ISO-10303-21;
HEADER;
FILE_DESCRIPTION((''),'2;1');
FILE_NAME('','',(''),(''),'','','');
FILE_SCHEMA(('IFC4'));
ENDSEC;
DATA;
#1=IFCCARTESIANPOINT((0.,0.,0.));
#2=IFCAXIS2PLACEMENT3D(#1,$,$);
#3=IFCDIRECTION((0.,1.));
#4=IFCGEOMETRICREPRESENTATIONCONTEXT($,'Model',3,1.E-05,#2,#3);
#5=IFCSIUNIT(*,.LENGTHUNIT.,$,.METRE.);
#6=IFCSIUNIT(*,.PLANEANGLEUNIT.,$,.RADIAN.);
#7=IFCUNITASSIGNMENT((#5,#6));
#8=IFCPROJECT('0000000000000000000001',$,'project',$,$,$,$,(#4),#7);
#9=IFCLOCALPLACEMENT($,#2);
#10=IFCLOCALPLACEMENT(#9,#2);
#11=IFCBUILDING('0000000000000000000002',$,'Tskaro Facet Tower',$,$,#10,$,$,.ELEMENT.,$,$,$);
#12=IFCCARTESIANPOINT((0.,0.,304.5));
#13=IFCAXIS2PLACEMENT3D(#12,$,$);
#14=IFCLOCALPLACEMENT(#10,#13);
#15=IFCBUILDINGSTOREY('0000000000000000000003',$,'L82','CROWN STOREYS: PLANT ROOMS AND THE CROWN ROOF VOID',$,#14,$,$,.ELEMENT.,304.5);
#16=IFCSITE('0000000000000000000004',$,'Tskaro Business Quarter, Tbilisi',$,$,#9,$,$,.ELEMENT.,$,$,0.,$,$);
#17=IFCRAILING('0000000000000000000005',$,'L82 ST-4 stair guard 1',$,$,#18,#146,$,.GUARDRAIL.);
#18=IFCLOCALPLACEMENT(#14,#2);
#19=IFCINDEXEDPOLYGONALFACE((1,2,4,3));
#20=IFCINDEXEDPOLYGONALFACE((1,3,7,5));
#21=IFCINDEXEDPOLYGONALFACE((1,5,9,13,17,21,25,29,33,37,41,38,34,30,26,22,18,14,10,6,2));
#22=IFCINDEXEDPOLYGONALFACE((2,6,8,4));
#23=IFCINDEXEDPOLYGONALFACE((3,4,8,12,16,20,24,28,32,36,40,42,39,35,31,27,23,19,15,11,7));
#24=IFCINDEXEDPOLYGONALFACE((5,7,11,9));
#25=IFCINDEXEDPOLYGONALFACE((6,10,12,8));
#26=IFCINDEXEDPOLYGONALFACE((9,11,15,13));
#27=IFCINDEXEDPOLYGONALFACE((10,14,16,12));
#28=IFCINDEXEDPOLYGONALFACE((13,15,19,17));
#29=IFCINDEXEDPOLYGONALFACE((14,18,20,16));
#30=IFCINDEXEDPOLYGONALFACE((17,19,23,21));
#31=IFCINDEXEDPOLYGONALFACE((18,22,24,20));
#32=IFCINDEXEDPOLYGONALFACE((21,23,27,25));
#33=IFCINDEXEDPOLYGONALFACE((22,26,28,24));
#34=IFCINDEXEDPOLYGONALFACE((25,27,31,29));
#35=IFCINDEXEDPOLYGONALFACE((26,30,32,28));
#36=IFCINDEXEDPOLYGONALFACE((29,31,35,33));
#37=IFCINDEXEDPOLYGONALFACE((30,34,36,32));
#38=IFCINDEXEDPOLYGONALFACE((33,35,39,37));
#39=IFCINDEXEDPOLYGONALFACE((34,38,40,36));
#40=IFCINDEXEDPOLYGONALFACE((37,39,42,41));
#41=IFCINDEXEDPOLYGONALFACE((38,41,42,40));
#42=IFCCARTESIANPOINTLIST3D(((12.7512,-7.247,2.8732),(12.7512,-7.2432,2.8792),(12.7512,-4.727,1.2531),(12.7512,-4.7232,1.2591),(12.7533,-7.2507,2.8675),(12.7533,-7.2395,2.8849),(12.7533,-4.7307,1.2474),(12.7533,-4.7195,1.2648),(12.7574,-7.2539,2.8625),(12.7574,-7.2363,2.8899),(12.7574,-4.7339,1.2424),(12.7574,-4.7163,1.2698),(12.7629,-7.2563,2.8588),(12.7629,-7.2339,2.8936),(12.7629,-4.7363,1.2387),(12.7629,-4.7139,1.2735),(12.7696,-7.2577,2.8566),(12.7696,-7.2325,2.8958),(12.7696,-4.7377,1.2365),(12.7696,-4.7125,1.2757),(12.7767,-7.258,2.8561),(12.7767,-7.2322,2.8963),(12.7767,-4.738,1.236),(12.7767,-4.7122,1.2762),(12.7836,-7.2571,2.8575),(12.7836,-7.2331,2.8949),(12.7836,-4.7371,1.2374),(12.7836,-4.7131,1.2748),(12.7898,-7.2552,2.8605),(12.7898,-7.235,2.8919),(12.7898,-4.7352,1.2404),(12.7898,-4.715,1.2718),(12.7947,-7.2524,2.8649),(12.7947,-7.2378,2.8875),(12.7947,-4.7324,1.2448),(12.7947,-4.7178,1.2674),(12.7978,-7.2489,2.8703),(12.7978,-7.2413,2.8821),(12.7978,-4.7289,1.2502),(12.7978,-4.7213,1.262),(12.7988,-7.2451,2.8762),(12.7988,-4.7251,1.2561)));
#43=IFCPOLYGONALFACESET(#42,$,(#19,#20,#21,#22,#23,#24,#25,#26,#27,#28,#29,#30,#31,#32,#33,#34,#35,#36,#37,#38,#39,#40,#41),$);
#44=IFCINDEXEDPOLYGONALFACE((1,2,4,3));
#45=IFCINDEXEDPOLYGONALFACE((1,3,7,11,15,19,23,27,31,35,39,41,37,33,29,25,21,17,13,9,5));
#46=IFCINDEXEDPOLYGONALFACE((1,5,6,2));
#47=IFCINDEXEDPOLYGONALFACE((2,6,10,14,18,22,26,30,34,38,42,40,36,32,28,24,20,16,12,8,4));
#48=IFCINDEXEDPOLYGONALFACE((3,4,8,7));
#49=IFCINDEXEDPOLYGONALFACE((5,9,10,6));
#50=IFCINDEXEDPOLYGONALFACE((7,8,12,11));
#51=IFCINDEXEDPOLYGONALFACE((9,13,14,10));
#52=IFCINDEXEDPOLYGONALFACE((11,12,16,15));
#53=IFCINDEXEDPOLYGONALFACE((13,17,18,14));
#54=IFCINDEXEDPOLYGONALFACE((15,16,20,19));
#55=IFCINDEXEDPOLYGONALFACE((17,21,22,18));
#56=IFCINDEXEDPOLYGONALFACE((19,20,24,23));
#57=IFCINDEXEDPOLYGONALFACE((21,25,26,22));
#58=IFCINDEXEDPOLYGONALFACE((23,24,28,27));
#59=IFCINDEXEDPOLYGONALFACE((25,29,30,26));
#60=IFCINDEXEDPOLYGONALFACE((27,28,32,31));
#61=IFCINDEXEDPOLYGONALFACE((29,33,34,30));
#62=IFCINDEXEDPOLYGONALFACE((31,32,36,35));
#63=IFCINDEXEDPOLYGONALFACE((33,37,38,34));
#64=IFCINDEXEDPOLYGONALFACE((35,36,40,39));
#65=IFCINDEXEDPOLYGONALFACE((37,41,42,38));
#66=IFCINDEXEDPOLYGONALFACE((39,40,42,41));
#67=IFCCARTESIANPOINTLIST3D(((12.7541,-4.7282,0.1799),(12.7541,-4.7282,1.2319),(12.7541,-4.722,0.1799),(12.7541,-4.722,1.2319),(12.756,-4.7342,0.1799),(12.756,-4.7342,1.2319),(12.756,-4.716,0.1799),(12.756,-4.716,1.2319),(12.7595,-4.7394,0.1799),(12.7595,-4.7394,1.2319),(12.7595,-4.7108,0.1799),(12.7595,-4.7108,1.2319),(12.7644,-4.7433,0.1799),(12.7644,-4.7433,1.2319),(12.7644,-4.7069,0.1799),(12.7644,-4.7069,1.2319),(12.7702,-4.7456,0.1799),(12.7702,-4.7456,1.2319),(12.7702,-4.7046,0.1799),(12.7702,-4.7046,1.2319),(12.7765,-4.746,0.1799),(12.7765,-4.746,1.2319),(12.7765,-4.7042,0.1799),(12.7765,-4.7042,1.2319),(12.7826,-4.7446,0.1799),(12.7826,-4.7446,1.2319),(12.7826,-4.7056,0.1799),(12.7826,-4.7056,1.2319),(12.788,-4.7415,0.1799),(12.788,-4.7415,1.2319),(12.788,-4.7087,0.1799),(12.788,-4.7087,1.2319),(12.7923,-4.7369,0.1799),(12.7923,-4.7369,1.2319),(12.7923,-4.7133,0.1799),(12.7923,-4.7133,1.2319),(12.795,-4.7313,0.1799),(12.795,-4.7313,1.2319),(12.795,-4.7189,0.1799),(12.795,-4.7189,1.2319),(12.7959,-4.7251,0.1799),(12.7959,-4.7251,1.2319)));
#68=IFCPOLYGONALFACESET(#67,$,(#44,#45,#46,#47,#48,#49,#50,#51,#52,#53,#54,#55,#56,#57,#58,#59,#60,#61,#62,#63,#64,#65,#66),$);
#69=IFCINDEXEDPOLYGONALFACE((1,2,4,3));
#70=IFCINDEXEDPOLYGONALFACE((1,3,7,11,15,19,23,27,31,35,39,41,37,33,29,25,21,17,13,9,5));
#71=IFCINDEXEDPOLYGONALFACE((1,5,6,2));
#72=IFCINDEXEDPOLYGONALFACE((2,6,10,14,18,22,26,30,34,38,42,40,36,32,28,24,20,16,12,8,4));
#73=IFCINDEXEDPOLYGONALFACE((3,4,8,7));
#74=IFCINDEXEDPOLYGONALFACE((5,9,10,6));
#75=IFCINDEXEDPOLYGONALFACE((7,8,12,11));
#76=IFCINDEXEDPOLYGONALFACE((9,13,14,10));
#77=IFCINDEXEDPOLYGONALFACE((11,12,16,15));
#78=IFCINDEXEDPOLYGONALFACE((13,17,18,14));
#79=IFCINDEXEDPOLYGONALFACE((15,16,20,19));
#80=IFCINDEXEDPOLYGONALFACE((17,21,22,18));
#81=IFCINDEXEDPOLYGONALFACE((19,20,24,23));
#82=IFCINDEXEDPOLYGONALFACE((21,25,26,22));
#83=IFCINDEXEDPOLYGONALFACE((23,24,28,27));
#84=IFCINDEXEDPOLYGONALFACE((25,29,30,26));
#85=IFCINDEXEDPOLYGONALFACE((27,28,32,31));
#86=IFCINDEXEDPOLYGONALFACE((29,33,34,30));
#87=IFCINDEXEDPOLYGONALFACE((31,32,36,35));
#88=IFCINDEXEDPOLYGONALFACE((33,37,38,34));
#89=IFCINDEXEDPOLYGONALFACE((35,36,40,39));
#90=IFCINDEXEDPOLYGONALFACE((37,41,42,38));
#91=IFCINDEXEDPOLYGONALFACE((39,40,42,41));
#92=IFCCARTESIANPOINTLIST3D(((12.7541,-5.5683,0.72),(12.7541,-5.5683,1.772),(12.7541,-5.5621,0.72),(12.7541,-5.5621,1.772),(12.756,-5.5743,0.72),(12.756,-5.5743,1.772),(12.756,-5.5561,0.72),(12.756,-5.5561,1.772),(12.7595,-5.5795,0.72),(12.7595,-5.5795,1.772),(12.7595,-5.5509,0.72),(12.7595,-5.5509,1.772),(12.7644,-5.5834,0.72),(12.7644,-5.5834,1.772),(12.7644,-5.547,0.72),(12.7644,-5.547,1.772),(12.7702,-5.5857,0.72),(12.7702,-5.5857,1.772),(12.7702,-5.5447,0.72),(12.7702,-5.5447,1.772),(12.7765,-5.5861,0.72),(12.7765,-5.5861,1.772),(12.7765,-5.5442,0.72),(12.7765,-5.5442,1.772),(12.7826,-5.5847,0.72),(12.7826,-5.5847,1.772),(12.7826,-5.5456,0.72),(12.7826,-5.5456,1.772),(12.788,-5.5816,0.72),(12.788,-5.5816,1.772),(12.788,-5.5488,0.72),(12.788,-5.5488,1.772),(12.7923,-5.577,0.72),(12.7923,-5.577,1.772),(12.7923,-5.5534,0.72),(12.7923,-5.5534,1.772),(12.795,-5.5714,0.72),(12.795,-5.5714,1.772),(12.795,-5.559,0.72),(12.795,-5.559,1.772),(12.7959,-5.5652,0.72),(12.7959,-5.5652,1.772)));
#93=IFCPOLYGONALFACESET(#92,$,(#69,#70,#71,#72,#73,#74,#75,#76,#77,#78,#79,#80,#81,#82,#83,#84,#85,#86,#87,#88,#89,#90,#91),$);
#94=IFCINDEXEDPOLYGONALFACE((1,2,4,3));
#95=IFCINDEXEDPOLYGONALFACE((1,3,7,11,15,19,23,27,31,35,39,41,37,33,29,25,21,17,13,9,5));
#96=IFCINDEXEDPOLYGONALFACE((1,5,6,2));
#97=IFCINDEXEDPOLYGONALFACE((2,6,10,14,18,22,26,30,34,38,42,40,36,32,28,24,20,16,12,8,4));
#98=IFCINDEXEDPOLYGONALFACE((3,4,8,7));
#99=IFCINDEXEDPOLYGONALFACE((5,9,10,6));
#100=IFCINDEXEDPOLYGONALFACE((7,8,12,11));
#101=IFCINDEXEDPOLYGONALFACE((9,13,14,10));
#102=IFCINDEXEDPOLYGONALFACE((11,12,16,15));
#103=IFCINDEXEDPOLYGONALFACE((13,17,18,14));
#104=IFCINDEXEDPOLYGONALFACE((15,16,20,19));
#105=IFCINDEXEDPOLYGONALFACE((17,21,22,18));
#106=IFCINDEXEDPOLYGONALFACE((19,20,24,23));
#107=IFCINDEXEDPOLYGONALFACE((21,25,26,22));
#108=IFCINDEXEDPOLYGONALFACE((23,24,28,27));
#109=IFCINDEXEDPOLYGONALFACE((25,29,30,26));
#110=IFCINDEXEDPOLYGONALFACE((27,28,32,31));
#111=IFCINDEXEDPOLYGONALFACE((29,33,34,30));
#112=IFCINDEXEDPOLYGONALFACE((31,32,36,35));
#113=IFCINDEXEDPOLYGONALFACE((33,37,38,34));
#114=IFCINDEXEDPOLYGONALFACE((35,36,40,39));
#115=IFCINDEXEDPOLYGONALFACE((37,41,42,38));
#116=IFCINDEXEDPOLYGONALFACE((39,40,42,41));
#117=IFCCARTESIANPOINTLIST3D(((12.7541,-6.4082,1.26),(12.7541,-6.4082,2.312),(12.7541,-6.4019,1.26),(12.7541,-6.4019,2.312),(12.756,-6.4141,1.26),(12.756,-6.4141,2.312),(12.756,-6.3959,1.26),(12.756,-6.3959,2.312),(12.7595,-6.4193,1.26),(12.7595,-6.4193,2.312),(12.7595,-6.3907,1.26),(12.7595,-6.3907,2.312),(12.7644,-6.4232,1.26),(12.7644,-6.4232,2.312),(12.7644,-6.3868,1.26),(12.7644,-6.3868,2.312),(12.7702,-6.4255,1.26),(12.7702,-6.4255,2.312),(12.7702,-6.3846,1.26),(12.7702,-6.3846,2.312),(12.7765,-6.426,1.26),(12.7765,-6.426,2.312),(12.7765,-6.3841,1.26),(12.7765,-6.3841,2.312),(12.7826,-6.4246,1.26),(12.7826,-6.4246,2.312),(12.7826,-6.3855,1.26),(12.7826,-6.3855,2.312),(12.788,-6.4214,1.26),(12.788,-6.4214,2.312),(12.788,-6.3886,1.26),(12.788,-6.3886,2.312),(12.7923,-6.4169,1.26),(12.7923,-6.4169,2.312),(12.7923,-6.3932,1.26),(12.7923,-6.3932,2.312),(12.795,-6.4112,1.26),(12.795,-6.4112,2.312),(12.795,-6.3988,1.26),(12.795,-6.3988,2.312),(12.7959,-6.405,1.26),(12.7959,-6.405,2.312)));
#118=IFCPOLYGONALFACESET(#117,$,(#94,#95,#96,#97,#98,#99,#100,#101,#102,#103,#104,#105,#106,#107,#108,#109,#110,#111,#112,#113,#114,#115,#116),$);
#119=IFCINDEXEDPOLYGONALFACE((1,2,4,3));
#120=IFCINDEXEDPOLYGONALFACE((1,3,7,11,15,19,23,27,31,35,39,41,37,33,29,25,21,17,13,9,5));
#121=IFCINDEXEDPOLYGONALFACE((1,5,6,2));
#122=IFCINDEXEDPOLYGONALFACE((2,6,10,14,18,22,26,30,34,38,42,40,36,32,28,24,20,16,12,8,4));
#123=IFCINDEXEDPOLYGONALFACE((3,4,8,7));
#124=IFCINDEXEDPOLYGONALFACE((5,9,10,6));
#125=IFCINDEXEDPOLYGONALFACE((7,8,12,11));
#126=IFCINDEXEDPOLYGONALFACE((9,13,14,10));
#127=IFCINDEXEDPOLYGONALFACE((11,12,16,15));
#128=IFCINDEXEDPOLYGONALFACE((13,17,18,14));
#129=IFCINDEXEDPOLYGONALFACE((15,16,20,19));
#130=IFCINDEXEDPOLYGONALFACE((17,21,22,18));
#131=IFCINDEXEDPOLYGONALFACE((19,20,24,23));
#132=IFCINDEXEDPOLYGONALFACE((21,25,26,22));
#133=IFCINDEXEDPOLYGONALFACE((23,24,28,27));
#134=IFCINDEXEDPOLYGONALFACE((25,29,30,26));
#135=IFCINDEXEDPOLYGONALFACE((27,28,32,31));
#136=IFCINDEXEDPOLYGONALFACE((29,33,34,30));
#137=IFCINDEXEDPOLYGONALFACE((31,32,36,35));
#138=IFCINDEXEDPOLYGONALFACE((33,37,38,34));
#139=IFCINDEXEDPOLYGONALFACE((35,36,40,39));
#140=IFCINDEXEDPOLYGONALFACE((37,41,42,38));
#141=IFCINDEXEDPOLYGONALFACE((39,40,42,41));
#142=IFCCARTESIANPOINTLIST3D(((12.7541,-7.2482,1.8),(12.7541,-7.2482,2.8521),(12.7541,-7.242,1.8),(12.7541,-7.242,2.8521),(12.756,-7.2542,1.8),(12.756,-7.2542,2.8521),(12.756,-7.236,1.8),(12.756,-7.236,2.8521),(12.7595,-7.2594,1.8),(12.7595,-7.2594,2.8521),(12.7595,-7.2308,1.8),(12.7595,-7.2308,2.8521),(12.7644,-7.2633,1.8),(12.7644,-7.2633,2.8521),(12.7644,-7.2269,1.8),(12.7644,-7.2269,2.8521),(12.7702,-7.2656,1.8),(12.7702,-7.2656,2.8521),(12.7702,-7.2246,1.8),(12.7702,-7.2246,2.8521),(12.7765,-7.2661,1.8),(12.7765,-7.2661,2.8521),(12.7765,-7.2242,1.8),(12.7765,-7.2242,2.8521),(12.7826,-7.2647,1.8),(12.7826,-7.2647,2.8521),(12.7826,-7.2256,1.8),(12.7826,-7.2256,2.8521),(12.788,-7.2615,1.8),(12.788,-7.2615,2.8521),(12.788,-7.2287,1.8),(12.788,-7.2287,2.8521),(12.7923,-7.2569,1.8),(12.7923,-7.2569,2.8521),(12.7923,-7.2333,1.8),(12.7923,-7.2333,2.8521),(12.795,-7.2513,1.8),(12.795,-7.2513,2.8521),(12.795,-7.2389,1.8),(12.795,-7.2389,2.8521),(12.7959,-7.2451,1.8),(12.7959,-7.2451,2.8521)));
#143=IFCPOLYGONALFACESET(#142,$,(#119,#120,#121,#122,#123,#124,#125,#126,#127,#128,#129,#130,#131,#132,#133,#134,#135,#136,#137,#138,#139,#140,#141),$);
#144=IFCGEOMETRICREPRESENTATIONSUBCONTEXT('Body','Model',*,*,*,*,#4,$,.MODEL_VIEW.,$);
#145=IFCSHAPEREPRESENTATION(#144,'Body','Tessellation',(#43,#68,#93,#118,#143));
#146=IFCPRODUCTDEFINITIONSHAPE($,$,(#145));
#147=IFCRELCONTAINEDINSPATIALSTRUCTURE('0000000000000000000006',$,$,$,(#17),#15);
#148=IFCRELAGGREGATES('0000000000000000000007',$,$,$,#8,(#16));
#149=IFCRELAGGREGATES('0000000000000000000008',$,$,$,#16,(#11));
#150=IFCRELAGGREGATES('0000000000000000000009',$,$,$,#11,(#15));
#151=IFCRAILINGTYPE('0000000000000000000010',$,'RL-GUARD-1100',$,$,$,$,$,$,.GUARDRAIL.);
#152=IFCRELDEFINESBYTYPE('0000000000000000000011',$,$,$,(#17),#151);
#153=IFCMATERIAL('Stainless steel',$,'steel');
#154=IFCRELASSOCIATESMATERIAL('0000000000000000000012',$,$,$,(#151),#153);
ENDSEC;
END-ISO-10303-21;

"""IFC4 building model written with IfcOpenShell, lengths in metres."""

from ifc_helpers import new_model, si_unit, direction, frame, origin, origin_2d, place, context, subcontext, project, spatial, circle, extrude, material, type_object, element, save


model = new_model("IFC4")

# Units and contexts
model_context = context("Model", 3, precision=1e-05, world=origin(), true_north=direction((0.0, 1.0)))
body_context = subcontext(model_context, "Body", "Model", "MODEL_VIEW")
ifc_project = project(units=[si_unit("LENGTHUNIT", "METRE"), si_unit("PLANEANGLEUNIT", "RADIAN")], contexts=[model_context])

# Site, building, storey
site_placement = place(None, origin())
site = spatial("IfcSite", under=ifc_project, at=site_placement, Name="Tskaro Business Quarter, Tbilisi", CompositionType="ELEMENT", RefElevation=0.0)
building_placement = place(site_placement, origin())
building = spatial("IfcBuilding", under=site, at=building_placement, Name="Tskaro Facet Tower", CompositionType="ELEMENT")
storey_placement = place(building_placement, frame((0.0, 0.0, 304.5)))
storey = spatial("IfcBuildingStorey", under=building, at=storey_placement, Name="L82", Description="CROWN STOREYS: PLANT ROOMS AND THE CROWN ROOF VOID", CompositionType="ELEMENT", Elevation=304.5)

# Railing
ifc_material_1 = material(Name="Stainless steel", Category="steel")
railing_type_1 = type_object("IfcRailingType", Name="RL-GUARD-1100", PredefinedType="GUARDRAIL", material=ifc_material_1)
railing_1_placement = place(storey_placement, frame((12.7749, -4.7251, 0.1799)))
element("IfcRailing", 1, at=railing_1_placement, inside=storey, type_object=railing_type_1, Name="L82 ST-4 stair guard 1", PredefinedType="GUARDRAIL", context=body_context, shape_type="SweptSolid", body=[
    extrude(circle(Radius=0.0239, at=origin_2d()), frame((0.0, 0.0, 1.0762), z_axis=(0.0, -0.841163, 0.540782), x_axis=(1.0, 0.0, 0.0)), (0.0, 0.0, 1.0), 2.9958),
    extrude(circle(Radius=0.021, at=origin_2d()), origin(), (0.0, 0.0, 1.0), 1.052),
    extrude(circle(Radius=0.021, at=origin_2d()), frame((0.0, -0.8401, 0.54)), (0.0, 0.0, 1.0), 1.052),
    extrude(circle(Radius=0.021, at=origin_2d()), frame((0.0, -1.6799, 1.0801)), (0.0, 0.0, 1.0), 1.052),
    extrude(circle(Radius=0.021, at=origin_2d()), frame((0.0, -2.52, 1.6201)), (0.0, 0.0, 1.0), 1.052),
])

save(model, "model.ifc")
